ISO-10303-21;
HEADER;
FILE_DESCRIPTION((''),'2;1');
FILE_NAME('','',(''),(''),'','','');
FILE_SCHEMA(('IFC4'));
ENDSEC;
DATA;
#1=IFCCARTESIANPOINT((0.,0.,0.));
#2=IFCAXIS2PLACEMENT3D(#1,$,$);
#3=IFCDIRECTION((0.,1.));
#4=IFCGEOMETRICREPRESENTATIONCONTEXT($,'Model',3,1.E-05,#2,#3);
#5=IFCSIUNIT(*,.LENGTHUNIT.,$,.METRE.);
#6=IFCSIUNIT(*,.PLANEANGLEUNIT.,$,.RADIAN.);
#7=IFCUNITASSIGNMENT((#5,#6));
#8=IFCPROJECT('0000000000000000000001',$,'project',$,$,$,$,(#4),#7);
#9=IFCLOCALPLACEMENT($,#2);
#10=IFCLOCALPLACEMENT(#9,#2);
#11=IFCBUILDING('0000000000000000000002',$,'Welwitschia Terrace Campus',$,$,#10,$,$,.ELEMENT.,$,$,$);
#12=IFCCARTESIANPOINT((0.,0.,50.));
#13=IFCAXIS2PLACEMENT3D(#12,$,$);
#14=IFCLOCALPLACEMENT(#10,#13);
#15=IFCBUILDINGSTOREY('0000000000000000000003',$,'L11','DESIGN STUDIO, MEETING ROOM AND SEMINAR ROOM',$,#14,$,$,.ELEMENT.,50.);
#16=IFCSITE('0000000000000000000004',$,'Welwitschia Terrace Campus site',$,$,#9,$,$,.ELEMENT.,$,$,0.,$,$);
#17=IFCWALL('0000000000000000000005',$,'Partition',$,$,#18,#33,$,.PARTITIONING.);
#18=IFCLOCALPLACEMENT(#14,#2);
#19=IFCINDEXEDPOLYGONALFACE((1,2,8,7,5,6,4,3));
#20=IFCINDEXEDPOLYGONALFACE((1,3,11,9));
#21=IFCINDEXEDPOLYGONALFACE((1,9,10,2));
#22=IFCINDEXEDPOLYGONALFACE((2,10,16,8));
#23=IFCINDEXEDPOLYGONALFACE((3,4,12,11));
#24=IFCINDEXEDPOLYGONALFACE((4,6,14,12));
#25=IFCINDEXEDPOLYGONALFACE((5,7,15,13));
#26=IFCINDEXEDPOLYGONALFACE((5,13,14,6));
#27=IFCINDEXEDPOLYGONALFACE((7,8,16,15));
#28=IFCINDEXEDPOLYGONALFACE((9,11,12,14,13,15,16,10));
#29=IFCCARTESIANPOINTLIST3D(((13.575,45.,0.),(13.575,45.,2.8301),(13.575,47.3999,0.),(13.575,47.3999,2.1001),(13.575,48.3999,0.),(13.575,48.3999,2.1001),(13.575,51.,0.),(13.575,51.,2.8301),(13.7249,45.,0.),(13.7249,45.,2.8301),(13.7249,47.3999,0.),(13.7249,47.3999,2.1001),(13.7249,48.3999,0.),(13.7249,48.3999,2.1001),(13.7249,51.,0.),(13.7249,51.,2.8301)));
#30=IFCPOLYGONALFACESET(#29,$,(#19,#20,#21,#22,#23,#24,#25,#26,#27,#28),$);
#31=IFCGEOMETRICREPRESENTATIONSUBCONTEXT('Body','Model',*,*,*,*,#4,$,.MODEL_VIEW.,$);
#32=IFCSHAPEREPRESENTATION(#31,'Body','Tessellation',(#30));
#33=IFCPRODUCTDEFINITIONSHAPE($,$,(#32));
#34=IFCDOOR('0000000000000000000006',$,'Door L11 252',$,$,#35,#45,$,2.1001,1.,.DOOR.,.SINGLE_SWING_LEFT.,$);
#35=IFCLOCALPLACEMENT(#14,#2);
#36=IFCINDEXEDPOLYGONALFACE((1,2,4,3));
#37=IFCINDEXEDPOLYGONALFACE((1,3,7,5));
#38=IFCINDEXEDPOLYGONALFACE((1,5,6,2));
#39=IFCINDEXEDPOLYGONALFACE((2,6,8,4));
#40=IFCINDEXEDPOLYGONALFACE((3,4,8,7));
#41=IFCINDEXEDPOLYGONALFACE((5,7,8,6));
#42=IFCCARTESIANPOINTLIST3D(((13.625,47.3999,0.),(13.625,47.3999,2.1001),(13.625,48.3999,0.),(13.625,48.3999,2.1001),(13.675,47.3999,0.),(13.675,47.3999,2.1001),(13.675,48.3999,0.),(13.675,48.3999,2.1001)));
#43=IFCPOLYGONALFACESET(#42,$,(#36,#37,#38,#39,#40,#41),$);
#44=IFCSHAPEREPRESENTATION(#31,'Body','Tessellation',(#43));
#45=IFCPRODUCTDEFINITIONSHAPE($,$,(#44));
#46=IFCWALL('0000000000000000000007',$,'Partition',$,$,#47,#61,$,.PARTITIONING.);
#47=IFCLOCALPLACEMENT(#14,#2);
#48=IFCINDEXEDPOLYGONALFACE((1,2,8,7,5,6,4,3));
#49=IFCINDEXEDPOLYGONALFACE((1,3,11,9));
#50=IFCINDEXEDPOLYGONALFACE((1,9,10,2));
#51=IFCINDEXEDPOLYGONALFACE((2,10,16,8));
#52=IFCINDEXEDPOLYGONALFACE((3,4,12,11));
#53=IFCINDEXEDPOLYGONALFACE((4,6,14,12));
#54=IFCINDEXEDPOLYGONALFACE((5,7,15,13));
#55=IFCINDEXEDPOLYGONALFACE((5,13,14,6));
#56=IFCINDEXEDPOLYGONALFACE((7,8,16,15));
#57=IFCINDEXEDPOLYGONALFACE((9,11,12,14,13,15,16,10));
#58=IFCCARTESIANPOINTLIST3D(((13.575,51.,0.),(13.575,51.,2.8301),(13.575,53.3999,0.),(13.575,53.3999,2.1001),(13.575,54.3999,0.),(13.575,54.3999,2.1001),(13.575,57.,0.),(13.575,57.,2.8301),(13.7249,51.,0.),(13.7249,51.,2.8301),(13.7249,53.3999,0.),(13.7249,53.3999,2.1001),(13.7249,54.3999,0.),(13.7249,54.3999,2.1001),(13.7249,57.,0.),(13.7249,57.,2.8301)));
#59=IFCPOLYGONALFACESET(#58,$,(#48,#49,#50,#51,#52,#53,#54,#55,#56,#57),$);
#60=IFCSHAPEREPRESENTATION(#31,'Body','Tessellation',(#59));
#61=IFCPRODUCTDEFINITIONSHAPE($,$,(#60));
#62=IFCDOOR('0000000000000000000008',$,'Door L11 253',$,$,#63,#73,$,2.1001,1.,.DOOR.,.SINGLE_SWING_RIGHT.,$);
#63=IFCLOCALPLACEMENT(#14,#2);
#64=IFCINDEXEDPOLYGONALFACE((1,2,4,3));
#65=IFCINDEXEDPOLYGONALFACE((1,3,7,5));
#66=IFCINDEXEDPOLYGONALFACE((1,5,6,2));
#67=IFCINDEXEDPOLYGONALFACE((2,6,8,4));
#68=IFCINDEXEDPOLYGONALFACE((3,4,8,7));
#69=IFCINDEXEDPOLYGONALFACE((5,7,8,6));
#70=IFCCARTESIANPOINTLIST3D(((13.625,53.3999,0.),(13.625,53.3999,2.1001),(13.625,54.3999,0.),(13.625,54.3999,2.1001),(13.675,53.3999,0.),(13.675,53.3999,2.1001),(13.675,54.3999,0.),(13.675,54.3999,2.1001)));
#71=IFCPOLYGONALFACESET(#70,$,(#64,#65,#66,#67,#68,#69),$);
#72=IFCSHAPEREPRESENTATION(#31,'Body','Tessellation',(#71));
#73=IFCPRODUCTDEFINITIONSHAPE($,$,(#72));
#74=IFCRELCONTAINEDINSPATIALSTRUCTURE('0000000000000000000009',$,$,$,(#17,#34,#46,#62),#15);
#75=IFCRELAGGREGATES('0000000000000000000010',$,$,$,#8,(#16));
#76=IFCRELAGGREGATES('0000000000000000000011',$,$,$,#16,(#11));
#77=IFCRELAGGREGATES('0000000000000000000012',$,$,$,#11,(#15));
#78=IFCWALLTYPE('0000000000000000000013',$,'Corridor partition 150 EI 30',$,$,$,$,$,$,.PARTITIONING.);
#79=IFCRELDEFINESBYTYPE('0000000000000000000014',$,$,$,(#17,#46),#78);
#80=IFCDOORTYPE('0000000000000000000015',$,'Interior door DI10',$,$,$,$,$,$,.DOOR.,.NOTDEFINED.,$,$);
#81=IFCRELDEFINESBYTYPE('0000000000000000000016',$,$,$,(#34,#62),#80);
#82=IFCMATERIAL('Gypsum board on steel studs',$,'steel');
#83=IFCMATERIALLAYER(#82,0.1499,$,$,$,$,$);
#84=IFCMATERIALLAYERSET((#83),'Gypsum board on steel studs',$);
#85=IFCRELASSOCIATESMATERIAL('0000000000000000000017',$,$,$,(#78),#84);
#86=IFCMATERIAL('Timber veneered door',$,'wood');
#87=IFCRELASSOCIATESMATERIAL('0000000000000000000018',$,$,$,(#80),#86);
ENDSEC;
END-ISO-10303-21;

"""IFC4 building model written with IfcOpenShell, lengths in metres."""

from ifc_helpers import new_model, si_unit, direction, frame, frame_2d, origin, place, context, subcontext, project, spatial, rectangle, extrude, material, layer, layer_set, type_object, element, fill, save


model = new_model("IFC4")

# Units and contexts
model_context = context("Model", 3, precision=1e-05, world=origin(), true_north=direction((0.0, 1.0)))
body_context = subcontext(model_context, "Body", "Model", "MODEL_VIEW")
ifc_project = project(units=[si_unit("LENGTHUNIT", "METRE"), si_unit("PLANEANGLEUNIT", "RADIAN")], contexts=[model_context])

# Site, building, storey
site_placement = place(None, origin())
site = spatial("IfcSite", under=ifc_project, at=site_placement, Name="Welwitschia Terrace Campus site", CompositionType="ELEMENT", RefElevation=0.0)
building_placement = place(site_placement, origin())
building = spatial("IfcBuilding", under=site, at=building_placement, Name="Welwitschia Terrace Campus", CompositionType="ELEMENT")
storey_placement = place(building_placement, frame((0.0, 0.0, 50.0)))
storey = spatial("IfcBuildingStorey", under=building, at=storey_placement, Name="L11", Description="DESIGN STUDIO, MEETING ROOM AND SEMINAR ROOM", CompositionType="ELEMENT", Elevation=50.0)

# Shared definitions
ifc_material_1 = material(Name="Gypsum board on steel studs", Category="steel")
ifc_layer_1 = layer(ifc_material_1, 0.1499)
ifc_layer_set_1 = layer_set([ifc_layer_1], Name="Gypsum board on steel studs")
wall_type = type_object("IfcWallType", Name="Corridor partition 150 EI 30", PredefinedType="PARTITIONING", material=ifc_layer_set_1)

# Walls, openings, doors
wall_1_placement = place(storey_placement, frame((13.6499, 45.0, 0.0), z_axis=(0.0, 0.0, 1.0), x_axis=(0.0, 1.0, 0.0)))
wall_1 = element("IfcWall", 1, at=wall_1_placement, inside=storey, type_object=wall_type, Name="Partition", PredefinedType="PARTITIONING", context=body_context, shape_type="SweptSolid", body=[
    extrude(rectangle(XDim=6.0, YDim=0.1499, at=frame_2d((3.0, 0.0))), origin(), (0.0, 0.0, 1.0), 2.8301),
])
opening_1_placement = place(wall_1_placement, frame((2.3999, 0.0, 0.0)))
opening_1 = element("IfcOpeningElement", 2, at=opening_1_placement, cuts=wall_1, PredefinedType="OPENING", context=body_context, shape_type="SweptSolid", body=[
    extrude(rectangle(XDim=1.0, YDim=2.1001, at=frame_2d((0.5, 1.05))), frame((0.0, 0.085, 0.0), z_axis=(0.0, -1.0, 0.0), x_axis=(1.0, 0.0, 0.0)), (0.0, 0.0, 1.0), 0.1699),
])
ifc_material_2 = material(Name="Timber veneered door", Category="wood")
door_type = type_object("IfcDoorType", Name="Interior door DI10", OperationType="NOTDEFINED", PredefinedType="DOOR", material=ifc_material_2)
door_1_placement = place(opening_1_placement, origin())
door_1 = element("IfcDoor", 3, at=door_1_placement, inside=storey, type_object=door_type, Name="Door L11 252", OperationType="SINGLE_SWING_LEFT", OverallHeight=2.1001, OverallWidth=1.0, PredefinedType="DOOR", context=body_context, shape_type="SweptSolid", body=[
    extrude(rectangle(XDim=1.0, YDim=2.1001, at=frame_2d((0.5, 1.05))), frame((0.0, 0.0249, 0.0), z_axis=(0.0, -1.0, 0.0), x_axis=(1.0, 0.0, 0.0)), (0.0, 0.0, 1.0), 0.05),
])
fill(opening_1, door_1)
wall_2_placement = place(storey_placement, frame((13.6499, 51.0, 0.0), z_axis=(0.0, 0.0, 1.0), x_axis=(0.0, 1.0, 0.0)))
wall_2 = element("IfcWall", 4, at=wall_2_placement, inside=storey, type_object=wall_type, Name="Partition", PredefinedType="PARTITIONING", context=body_context, shape_type="SweptSolid", body=[
    extrude(rectangle(XDim=6.0, YDim=0.1499, at=frame_2d((3.0, 0.0))), origin(), (0.0, 0.0, 1.0), 2.8301),
])
opening_2_placement = place(wall_2_placement, frame((2.3999, 0.0, 0.0)))
opening_2 = element("IfcOpeningElement", 5, at=opening_2_placement, cuts=wall_2, PredefinedType="OPENING", context=body_context, shape_type="SweptSolid", body=[
    extrude(rectangle(XDim=1.0, YDim=2.1001, at=frame_2d((0.5, 1.05))), frame((0.0, 0.085, 0.0), z_axis=(0.0, -1.0, 0.0), x_axis=(1.0, 0.0, 0.0)), (0.0, 0.0, 1.0), 0.1699),
])
door_2_placement = place(opening_2_placement, origin())
door_2 = element("IfcDoor", 6, at=door_2_placement, inside=storey, type_object=door_type, Name="Door L11 253", OperationType="SINGLE_SWING_RIGHT", OverallHeight=2.1001, OverallWidth=1.0, PredefinedType="DOOR", context=body_context, shape_type="SweptSolid", body=[
    extrude(rectangle(XDim=1.0, YDim=2.1001, at=frame_2d((0.5, 1.05))), frame((0.0, 0.0249, 0.0), z_axis=(0.0, -1.0, 0.0), x_axis=(1.0, 0.0, 0.0)), (0.0, 0.0, 1.0), 0.05),
])
fill(opening_2, door_2)

save(model, "model.ifc")
